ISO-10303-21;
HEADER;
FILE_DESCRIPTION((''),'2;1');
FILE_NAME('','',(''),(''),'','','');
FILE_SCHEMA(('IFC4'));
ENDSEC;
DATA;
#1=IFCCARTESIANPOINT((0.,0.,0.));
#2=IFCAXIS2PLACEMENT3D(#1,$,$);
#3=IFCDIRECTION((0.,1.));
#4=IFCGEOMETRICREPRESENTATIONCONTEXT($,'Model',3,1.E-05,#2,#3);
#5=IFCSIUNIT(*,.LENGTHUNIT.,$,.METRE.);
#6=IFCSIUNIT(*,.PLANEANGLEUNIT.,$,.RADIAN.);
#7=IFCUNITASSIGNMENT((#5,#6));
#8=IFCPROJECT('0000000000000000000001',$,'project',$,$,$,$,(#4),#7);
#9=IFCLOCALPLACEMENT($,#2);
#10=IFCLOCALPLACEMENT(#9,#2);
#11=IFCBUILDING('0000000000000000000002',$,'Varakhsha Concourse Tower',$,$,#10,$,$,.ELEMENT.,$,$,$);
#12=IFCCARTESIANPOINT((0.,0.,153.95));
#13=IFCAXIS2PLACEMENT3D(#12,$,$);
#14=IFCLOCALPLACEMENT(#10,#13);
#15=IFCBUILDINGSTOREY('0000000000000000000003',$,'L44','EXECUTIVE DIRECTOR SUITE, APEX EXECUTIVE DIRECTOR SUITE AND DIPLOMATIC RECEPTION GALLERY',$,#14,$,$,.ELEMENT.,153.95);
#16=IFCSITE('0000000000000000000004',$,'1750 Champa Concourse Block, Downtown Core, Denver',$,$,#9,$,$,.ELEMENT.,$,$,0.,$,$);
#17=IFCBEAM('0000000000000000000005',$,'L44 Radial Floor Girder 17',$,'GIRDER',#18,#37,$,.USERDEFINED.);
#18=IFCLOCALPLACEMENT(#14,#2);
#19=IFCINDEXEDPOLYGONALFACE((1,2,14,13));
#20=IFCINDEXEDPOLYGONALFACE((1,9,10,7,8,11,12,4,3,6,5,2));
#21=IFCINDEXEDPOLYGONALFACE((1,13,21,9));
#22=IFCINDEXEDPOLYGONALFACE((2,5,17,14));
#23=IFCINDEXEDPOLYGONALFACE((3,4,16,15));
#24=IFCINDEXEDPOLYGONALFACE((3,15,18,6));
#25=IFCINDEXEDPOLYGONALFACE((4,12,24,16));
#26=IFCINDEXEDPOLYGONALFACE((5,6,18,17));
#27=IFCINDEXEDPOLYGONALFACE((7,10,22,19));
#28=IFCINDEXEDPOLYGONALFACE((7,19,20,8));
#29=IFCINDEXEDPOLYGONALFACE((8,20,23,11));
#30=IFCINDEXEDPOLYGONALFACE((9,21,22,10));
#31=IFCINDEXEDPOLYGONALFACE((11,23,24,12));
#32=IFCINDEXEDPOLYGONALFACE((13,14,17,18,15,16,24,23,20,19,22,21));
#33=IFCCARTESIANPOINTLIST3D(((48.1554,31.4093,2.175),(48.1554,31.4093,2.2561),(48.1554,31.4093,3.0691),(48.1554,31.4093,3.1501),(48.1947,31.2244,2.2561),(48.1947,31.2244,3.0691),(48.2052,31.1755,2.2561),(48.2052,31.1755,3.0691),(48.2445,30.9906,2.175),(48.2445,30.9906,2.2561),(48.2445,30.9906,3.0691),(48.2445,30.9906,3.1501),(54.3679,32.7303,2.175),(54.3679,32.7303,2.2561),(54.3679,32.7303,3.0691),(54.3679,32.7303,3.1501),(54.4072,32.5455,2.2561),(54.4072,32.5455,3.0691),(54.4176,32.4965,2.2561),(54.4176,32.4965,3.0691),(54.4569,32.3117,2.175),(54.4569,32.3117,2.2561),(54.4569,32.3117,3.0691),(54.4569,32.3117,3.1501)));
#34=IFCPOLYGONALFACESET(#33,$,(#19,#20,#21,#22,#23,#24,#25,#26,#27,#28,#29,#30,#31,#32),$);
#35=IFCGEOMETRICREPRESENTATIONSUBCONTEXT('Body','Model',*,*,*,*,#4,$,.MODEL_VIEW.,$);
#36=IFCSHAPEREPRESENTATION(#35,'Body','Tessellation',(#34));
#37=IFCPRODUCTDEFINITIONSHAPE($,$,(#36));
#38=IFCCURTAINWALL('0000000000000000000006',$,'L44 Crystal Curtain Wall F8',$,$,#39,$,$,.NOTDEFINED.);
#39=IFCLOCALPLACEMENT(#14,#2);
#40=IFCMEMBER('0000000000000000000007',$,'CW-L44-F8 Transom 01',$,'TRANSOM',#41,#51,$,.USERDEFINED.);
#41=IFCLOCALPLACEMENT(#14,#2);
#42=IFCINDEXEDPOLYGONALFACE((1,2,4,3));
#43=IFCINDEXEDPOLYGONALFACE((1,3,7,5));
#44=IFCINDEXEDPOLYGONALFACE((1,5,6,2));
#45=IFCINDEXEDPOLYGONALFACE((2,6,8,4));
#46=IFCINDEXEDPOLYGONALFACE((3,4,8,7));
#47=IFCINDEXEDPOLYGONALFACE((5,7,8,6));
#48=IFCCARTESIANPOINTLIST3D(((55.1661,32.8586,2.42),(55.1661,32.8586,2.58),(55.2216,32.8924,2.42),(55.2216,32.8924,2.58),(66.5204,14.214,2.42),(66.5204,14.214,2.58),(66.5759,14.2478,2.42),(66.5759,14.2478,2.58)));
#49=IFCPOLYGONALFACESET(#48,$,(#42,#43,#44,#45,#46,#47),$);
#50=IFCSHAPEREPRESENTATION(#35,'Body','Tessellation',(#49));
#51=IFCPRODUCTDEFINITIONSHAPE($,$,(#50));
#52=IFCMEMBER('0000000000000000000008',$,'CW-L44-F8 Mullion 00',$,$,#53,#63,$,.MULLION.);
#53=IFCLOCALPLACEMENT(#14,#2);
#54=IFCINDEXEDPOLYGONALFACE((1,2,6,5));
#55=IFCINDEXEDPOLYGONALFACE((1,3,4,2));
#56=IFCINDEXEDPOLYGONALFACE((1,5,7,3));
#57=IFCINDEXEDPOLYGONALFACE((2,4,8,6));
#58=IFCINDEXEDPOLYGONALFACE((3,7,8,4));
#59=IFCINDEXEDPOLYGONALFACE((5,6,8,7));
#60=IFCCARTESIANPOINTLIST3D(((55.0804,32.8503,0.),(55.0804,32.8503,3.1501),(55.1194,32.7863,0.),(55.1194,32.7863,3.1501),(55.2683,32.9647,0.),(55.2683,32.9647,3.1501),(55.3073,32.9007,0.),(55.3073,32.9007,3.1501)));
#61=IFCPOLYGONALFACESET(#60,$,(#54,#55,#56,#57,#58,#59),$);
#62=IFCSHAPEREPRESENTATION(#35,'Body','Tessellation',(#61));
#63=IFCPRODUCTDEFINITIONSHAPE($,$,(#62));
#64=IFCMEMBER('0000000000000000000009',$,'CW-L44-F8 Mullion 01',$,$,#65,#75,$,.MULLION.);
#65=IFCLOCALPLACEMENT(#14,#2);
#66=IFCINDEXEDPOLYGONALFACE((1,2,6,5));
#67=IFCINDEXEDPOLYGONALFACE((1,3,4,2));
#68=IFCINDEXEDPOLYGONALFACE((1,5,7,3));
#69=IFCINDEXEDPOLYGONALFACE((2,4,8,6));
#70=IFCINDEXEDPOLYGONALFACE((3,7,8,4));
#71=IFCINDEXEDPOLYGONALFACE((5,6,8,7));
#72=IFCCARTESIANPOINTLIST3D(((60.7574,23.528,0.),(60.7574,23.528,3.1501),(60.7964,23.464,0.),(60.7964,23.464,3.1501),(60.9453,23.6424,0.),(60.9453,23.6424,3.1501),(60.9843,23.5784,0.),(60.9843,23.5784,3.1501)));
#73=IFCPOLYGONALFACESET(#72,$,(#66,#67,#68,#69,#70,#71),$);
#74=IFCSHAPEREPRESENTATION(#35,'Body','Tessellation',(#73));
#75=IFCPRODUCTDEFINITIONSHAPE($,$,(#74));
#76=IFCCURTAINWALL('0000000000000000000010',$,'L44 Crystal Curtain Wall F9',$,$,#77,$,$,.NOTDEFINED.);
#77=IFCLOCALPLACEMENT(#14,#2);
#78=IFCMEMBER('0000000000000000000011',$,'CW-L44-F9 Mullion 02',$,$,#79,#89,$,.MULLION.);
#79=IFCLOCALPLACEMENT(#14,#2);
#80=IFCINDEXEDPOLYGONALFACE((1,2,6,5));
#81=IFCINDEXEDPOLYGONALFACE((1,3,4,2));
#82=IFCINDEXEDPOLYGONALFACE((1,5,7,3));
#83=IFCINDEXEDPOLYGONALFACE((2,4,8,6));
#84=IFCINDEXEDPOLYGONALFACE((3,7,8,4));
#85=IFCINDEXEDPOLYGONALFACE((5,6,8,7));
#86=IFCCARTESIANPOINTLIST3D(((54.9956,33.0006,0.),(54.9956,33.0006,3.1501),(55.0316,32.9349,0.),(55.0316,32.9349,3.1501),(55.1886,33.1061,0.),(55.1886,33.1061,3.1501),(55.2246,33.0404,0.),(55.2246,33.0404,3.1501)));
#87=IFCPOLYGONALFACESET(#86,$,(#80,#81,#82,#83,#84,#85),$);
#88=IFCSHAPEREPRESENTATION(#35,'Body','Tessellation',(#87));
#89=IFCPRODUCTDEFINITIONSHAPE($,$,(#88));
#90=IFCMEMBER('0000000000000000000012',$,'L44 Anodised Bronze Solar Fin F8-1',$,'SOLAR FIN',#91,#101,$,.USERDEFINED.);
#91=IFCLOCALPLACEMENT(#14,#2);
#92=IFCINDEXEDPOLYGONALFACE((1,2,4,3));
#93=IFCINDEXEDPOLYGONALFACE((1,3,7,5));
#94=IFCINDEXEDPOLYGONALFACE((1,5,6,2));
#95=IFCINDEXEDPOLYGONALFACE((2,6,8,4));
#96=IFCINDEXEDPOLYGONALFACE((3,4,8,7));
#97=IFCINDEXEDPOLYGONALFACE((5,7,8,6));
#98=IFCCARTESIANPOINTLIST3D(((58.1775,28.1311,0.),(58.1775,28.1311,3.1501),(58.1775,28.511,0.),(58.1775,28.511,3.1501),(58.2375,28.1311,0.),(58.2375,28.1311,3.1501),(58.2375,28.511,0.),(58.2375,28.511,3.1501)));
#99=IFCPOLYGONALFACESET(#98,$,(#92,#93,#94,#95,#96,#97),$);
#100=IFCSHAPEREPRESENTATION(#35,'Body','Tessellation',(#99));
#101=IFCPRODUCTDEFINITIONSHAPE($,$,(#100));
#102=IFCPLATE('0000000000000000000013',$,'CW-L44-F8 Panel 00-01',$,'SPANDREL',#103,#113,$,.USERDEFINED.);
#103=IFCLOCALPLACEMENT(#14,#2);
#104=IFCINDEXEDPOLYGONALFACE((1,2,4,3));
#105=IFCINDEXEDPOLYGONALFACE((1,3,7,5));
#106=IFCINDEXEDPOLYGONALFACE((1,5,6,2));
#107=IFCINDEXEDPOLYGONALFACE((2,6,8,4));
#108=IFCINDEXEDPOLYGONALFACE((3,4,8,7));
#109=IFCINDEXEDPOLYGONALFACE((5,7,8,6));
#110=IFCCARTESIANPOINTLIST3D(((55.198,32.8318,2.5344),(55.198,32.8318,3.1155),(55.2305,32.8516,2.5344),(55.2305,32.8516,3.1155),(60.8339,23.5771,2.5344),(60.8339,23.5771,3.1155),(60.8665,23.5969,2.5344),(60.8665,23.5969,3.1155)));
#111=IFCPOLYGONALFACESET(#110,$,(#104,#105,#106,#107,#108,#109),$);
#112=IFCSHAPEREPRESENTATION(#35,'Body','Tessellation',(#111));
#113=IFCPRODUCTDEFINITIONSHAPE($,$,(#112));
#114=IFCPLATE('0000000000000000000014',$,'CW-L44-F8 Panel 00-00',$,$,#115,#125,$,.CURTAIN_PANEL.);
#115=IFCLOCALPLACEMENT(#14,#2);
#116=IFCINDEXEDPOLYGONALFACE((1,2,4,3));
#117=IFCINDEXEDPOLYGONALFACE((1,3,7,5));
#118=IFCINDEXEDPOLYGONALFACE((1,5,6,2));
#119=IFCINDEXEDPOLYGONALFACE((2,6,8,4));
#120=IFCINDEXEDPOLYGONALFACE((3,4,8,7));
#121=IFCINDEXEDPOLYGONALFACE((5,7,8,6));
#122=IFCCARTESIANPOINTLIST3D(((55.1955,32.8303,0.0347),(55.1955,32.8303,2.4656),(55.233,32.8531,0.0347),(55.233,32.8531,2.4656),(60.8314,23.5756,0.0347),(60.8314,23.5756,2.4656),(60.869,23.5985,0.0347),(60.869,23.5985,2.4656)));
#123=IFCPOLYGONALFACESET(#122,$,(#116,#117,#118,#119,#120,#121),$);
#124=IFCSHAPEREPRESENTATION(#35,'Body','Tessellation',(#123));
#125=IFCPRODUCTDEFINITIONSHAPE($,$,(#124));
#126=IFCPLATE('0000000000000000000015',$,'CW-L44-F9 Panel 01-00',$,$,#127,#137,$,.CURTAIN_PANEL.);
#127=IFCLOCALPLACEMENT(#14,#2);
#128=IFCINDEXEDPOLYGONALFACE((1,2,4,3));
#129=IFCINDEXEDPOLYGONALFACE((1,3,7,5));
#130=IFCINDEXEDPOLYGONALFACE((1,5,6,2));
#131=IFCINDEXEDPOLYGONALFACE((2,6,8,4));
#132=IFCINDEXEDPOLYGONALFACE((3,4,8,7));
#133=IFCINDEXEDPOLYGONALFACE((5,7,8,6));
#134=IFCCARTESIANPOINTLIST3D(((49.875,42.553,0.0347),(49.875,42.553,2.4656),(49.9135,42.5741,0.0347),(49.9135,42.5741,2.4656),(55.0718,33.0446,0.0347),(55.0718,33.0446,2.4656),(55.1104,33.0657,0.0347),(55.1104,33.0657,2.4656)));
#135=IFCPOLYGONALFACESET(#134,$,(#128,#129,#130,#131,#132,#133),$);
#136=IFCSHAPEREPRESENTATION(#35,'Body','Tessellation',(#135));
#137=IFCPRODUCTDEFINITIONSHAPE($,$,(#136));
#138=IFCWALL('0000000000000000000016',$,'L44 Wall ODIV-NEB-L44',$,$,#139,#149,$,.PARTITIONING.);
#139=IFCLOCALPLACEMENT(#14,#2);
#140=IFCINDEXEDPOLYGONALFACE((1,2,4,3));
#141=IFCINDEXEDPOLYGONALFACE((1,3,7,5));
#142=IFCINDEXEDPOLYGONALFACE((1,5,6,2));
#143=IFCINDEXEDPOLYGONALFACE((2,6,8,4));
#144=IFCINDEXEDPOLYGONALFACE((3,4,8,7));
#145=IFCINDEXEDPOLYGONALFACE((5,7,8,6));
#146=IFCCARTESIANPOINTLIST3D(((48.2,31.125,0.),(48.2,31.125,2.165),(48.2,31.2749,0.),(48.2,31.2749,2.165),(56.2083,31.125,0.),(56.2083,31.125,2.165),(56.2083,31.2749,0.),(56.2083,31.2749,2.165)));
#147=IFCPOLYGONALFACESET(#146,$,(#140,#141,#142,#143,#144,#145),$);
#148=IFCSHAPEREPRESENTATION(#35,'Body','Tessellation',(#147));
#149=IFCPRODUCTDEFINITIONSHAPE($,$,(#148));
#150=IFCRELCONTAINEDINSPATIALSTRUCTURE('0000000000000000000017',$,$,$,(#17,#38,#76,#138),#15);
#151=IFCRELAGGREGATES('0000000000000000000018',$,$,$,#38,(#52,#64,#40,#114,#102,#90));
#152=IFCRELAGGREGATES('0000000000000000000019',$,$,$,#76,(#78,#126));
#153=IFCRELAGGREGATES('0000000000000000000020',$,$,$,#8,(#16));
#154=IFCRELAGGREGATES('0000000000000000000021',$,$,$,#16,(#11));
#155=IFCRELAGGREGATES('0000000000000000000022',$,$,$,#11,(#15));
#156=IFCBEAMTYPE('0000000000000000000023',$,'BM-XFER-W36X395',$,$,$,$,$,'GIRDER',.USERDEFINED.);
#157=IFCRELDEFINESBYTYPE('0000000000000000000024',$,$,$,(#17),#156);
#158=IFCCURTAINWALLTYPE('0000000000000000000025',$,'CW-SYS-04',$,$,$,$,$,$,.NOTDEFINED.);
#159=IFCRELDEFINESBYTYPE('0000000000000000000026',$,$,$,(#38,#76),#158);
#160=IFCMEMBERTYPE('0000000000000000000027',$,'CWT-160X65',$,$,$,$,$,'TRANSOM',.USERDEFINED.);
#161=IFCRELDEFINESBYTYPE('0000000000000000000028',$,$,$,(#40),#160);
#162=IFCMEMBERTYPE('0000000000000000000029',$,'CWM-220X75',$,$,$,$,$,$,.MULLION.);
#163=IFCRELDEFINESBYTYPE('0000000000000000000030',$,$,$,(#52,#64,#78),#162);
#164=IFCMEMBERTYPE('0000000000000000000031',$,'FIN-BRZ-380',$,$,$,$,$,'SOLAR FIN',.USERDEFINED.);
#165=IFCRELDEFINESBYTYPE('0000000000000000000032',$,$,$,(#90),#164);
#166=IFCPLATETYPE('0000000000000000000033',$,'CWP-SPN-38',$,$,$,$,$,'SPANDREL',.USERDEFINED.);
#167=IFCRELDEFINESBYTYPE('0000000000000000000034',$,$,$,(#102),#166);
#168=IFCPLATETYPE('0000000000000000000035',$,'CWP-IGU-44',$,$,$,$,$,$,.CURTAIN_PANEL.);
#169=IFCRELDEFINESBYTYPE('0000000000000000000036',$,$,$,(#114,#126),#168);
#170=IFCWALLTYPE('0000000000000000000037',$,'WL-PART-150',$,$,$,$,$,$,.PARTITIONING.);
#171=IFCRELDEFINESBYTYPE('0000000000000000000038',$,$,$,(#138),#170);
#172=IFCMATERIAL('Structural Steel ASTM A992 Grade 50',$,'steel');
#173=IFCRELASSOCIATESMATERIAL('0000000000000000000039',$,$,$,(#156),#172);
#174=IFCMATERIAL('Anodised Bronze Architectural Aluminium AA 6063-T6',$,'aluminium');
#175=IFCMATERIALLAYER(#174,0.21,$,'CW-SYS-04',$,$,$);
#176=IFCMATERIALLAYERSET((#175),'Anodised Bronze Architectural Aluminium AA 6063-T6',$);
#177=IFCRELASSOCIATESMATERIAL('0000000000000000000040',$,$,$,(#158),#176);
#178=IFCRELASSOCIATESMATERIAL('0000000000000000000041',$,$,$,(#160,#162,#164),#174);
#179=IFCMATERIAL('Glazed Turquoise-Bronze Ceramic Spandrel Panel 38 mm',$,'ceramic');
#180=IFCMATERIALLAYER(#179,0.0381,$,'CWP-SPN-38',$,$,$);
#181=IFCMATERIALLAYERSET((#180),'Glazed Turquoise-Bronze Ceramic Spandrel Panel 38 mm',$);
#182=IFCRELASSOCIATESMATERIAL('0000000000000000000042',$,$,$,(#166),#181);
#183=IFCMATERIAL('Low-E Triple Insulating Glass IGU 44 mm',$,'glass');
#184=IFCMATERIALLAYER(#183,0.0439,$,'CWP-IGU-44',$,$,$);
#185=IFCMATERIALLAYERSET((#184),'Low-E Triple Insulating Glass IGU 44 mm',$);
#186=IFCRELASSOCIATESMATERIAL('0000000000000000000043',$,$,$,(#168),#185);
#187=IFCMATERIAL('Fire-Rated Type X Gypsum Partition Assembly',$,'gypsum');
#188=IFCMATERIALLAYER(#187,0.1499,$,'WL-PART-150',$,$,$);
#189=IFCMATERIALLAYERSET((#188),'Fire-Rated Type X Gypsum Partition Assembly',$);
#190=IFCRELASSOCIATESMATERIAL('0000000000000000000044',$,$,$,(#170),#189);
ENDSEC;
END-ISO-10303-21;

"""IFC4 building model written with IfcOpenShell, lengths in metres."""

from ifc_helpers import new_model, si_unit, direction, frame, frame_2d, origin, origin_2d, place, context, subcontext, project, spatial, rectangle, i_section, extrude, source, transform, mapped, material, layer, layer_set, material_profile, profile_set, type_object, type_shapes, element, aggregate, save


model = new_model("IFC4")

# Units and contexts
model_context = context("Model", 3, precision=1e-05, world=origin(), true_north=direction((0.0, 1.0)))
body_context = subcontext(model_context, "Body", "Model", "MODEL_VIEW")
ifc_project = project(units=[si_unit("LENGTHUNIT", "METRE"), si_unit("PLANEANGLEUNIT", "RADIAN")], contexts=[model_context])

# Site, building, storey
site_placement = place(None, origin())
site = spatial("IfcSite", under=ifc_project, at=site_placement, Name="1750 Champa Concourse Block, Downtown Core, Denver", CompositionType="ELEMENT", RefElevation=0.0)
building_placement = place(site_placement, origin())
building = spatial("IfcBuilding", under=site, at=building_placement, Name="Varakhsha Concourse Tower", CompositionType="ELEMENT")
storey_placement = place(building_placement, frame((0.0, 0.0, 153.95)))
storey = spatial("IfcBuildingStorey", under=building, at=storey_placement, Name="L44", Description="EXECUTIVE DIRECTOR SUITE, APEX EXECUTIVE DIRECTOR SUITE AND DIPLOMATIC RECEPTION GALLERY", CompositionType="ELEMENT", Elevation=153.95)

# Shared definitions
ifc_material_1 = material(Name="Structural Steel ASTM A992 Grade 50", Category="steel")

# Beam
ifc_material_profile_1 = material_profile(ifc_material_1, i_section(OverallWidth=0.428, OverallDepth=0.9751, WebThickness=0.05, FlangeThickness=0.0811, at=origin_2d()), Name="W36X395")
ifc_profile_set_1 = profile_set([ifc_material_profile_1], Name="Structural Steel ASTM A992 Grade 50")
beam_type_1 = type_object("IfcBeamType", Name="BM-XFER-W36X395", ElementType="GIRDER", PredefinedType="USERDEFINED", material=ifc_profile_set_1)
beam_1_placement = place(storey_placement, frame((48.2, 31.2, 2.6626), z_axis=(0.97813, 0.207996, 0.0), x_axis=(-0.207996, 0.97813, 0.0)))
element("IfcBeam", 1, at=beam_1_placement, inside=storey, type_object=beam_type_1, Name="L44 Radial Floor Girder 17", ObjectType="GIRDER", PredefinedType="USERDEFINED", context=body_context, shape_type="SweptSolid", body=[
    extrude(i_section(OverallWidth=0.428, OverallDepth=0.9751, WebThickness=0.05, FlangeThickness=0.0811, at=origin_2d()), origin(), (0.0, 0.0, 1.0), 6.3513),
])

# Curtain wall, members
ifc_material_2 = material(Name="Anodised Bronze Architectural Aluminium AA 6063-T6", Category="aluminium")
ifc_layer_1 = layer(ifc_material_2, 0.21, Name="CW-SYS-04")
ifc_layer_set_1 = layer_set([ifc_layer_1], Name="Anodised Bronze Architectural Aluminium AA 6063-T6")
curtain_wall_type = type_object("IfcCurtainWallType", Name="CW-SYS-04", PredefinedType="NOTDEFINED", material=ifc_layer_set_1)
curtain_wall_1_placement = place(storey_placement, origin())
curtain_wall_1 = element("IfcCurtainWall", 2, at=curtain_wall_1_placement, inside=storey, type_object=curtain_wall_type, Name="L44 Crystal Curtain Wall F8", PredefinedType="NOTDEFINED")
ifc_material_profile_2 = material_profile(ifc_material_2, rectangle(XDim=0.0649, YDim=0.1599, at=origin_2d()), Name="CWT-160X65")
ifc_profile_set_2 = profile_set([ifc_material_profile_2], Name="Anodised Bronze Architectural Aluminium AA 6063-T6")
member_type_1 = type_object("IfcMemberType", Name="CWT-160X65", ElementType="TRANSOM", PredefinedType="USERDEFINED", material=ifc_profile_set_2)
shared_shape_1 = source(origin(), body_context, "Body", "SweptSolid", [
    extrude(rectangle(XDim=0.0649, YDim=0.1599, at=origin_2d()), origin(), (0.0, 0.0, 1.0), 21.8298),
])
type_shapes(member_type_1, [shared_shape_1])
member_1_placement = place(storey_placement, frame((55.1938, 32.8755, 2.5), z_axis=(0.520128, -0.854089, 0.0), x_axis=(0.854089, 0.520128, 0.0)))
member_1 = element("IfcMember", 3, at=member_1_placement, type_object=member_type_1, Name="CW-L44-F8 Transom 01", ObjectType="TRANSOM", PredefinedType="USERDEFINED", context=body_context, shape_type="MappedRepresentation", body=[
    mapped(shared_shape_1, transform((0.0, 0.0, 0.0), scale=1.0)),
])
ifc_material_profile_3 = material_profile(ifc_material_2, rectangle(XDim=0.075, YDim=0.22, at=origin_2d()), Name="CWM-220X75")
ifc_profile_set_3 = profile_set([ifc_material_profile_3], Name="Anodised Bronze Architectural Aluminium AA 6063-T6")
member_type_2 = type_object("IfcMemberType", Name="CWM-220X75", PredefinedType="MULLION", material=ifc_profile_set_3)
shared_shape_2 = source(origin(), body_context, "Body", "SweptSolid", [
    extrude(rectangle(XDim=0.075, YDim=0.22, at=origin_2d()), origin(), (0.0, 0.0, 1.0), 3.1501),
])
type_shapes(member_type_2, [shared_shape_2])
member_2_placement = place(storey_placement, frame((55.1938, 32.8755, 0.0), z_axis=(0.0, 0.0, 1.0), x_axis=(0.520126, -0.85409, 0.0)))
member_2 = element("IfcMember", 4, at=member_2_placement, type_object=member_type_2, Name="CW-L44-F8 Mullion 00", PredefinedType="MULLION", context=body_context, shape_type="MappedRepresentation", body=[
    mapped(shared_shape_2, transform((0.0, 0.0, 0.0), scale=1.0)),
])
member_3_placement = place(storey_placement, frame((60.8708, 23.5532, 0.0), z_axis=(0.0, 0.0, 1.0), x_axis=(0.520126, -0.85409, 0.0)))
member_3 = element("IfcMember", 5, at=member_3_placement, type_object=member_type_2, Name="CW-L44-F8 Mullion 01", PredefinedType="MULLION", context=body_context, shape_type="MappedRepresentation", body=[
    mapped(shared_shape_2, transform((0.0, 0.0, 0.0), scale=1.0)),
])

# Curtain wall, member
curtain_wall_2_placement = place(storey_placement, origin())
curtain_wall_2 = element("IfcCurtainWall", 6, at=curtain_wall_2_placement, inside=storey, type_object=curtain_wall_type, Name="L44 Crystal Curtain Wall F9", PredefinedType="NOTDEFINED")
member_4_placement = place(storey_placement, frame((55.1101, 33.0205, 0.0), z_axis=(0.0, 0.0, 1.0), x_axis=(0.479596, -0.87749, 0.0)))
member_4 = element("IfcMember", 7, at=member_4_placement, type_object=member_type_2, Name="CW-L44-F9 Mullion 02", PredefinedType="MULLION", context=body_context, shape_type="MappedRepresentation", body=[
    mapped(shared_shape_2, transform((0.0, 0.0, 0.0), scale=1.0)),
])

# Member
ifc_material_profile_4 = material_profile(ifc_material_2, rectangle(XDim=0.0601, YDim=0.3799, at=origin_2d()), Name="FIN-BRZ-380")
ifc_profile_set_4 = profile_set([ifc_material_profile_4], Name="Anodised Bronze Architectural Aluminium AA 6063-T6")
member_type_3 = type_object("IfcMemberType", Name="FIN-BRZ-380", ElementType="SOLAR FIN", PredefinedType="USERDEFINED", material=ifc_profile_set_4)
shared_shape_3 = source(origin(), body_context, "Body", "SweptSolid", [
    extrude(rectangle(XDim=0.0601, YDim=0.3799, at=origin_2d()), origin(), (0.0, 0.0, 1.0), 3.1501),
])
type_shapes(member_type_3, [shared_shape_3])
member_5_placement = place(storey_placement, frame((58.2075, 28.321, 0.0), z_axis=(0.0, 0.0, 1.0), x_axis=(1.0, 0.0, 0.0)))
member_5 = element("IfcMember", 8, at=member_5_placement, type_object=member_type_3, Name="L44 Anodised Bronze Solar Fin F8-1", ObjectType="SOLAR FIN", PredefinedType="USERDEFINED", context=body_context, shape_type="MappedRepresentation", body=[
    mapped(shared_shape_3, transform((0.0, 0.0, 0.0), scale=1.0)),
])

# Plates
ifc_material_3 = material(Name="Glazed Turquoise-Bronze Ceramic Spandrel Panel 38 mm", Category="ceramic")
ifc_layer_2 = layer(ifc_material_3, 0.0381, Name="CWP-SPN-38")
ifc_layer_set_2 = layer_set([ifc_layer_2], Name="Glazed Turquoise-Bronze Ceramic Spandrel Panel 38 mm")
plate_type_1 = type_object("IfcPlateType", Name="CWP-SPN-38", ElementType="SPANDREL", PredefinedType="USERDEFINED", material=ifc_layer_set_2)
shared_shape_4 = source(origin(), body_context, "Body", "SweptSolid", [
    extrude(rectangle(XDim=10.8357, YDim=0.0381, at=origin_2d()), origin(), (0.0, 0.0, 1.0), 0.5811),
])
type_shapes(plate_type_1, [shared_shape_4])
plate_1_placement = place(storey_placement, frame((58.0322, 28.2144, 2.5344), z_axis=(0.0, 0.0, 1.0), x_axis=(0.520126, -0.85409, 0.0)))
plate_1 = element("IfcPlate", 9, at=plate_1_placement, type_object=plate_type_1, Name="CW-L44-F8 Panel 00-01", ObjectType="SPANDREL", PredefinedType="USERDEFINED", context=body_context, shape_type="MappedRepresentation", body=[
    mapped(shared_shape_4, transform((0.0, 0.0, 0.0), scale=1.0)),
])
ifc_material_4 = material(Name="Low-E Triple Insulating Glass IGU 44 mm", Category="glass")
ifc_layer_3 = layer(ifc_material_4, 0.0439, Name="CWP-IGU-44")
ifc_layer_set_3 = layer_set([ifc_layer_3], Name="Low-E Triple Insulating Glass IGU 44 mm")
plate_type_2 = type_object("IfcPlateType", Name="CWP-IGU-44", PredefinedType="CURTAIN_PANEL", material=ifc_layer_set_3)
shared_shape_5 = source(origin(), body_context, "Body", "SweptSolid", [
    extrude(rectangle(XDim=10.8357, YDim=0.0439, at=origin_2d()), origin(), (0.0, 0.0, 1.0), 2.4309),
])
plate_2_placement = place(storey_placement, frame((58.0322, 28.2144, 0.0347), z_axis=(0.0, 0.0, 1.0), x_axis=(0.520126, -0.85409, 0.0)))
plate_2 = element("IfcPlate", 10, at=plate_2_placement, type_object=plate_type_2, Name="CW-L44-F8 Panel 00-00", PredefinedType="CURTAIN_PANEL", context=body_context, shape_type="MappedRepresentation", body=[
    mapped(shared_shape_5, transform((0.0, 0.0, 0.0), scale=1.0)),
])
aggregate(curtain_wall_1, [member_2, member_3, member_1, plate_2, plate_1, member_5])
shared_shape_6 = source(origin(), body_context, "Body", "SweptSolid", [
    extrude(rectangle(XDim=10.8359, YDim=0.0439, at=origin_2d()), origin(), (0.0, 0.0, 1.0), 2.4309),
])
type_shapes(plate_type_2, [shared_shape_5, shared_shape_6])
plate_3_placement = place(storey_placement, frame((52.4927, 37.8093, 0.0347), z_axis=(0.0, 0.0, 1.0), x_axis=(0.479596, -0.87749, 0.0)))
plate_3 = element("IfcPlate", 11, at=plate_3_placement, type_object=plate_type_2, Name="CW-L44-F9 Panel 01-00", PredefinedType="CURTAIN_PANEL", context=body_context, shape_type="MappedRepresentation", body=[
    mapped(shared_shape_6, transform((0.0, 0.0, 0.0), scale=1.0)),
])
aggregate(curtain_wall_2, [member_4, plate_3])

# Wall
ifc_material_5 = material(Name="Fire-Rated Type X Gypsum Partition Assembly", Category="gypsum")
ifc_layer_4 = layer(ifc_material_5, 0.1499, Name="WL-PART-150")
ifc_layer_set_4 = layer_set([ifc_layer_4], Name="Fire-Rated Type X Gypsum Partition Assembly")
wall_type_1 = type_object("IfcWallType", Name="WL-PART-150", PredefinedType="PARTITIONING", material=ifc_layer_set_4)
wall_1_placement = place(storey_placement, frame((48.2, 31.2, 0.0), z_axis=(0.0, 0.0, 1.0), x_axis=(1.0, 0.0, 0.0)))
element("IfcWall", 12, at=wall_1_placement, inside=storey, type_object=wall_type_1, Name="L44 Wall ODIV-NEB-L44", PredefinedType="PARTITIONING", context=body_context, shape_type="SweptSolid", body=[
    extrude(rectangle(XDim=8.0083, YDim=0.1499, at=frame_2d((4.0042, 0.0))), origin(), (0.0, 0.0, 1.0), 2.165),
])

save(model, "model.ifc")
